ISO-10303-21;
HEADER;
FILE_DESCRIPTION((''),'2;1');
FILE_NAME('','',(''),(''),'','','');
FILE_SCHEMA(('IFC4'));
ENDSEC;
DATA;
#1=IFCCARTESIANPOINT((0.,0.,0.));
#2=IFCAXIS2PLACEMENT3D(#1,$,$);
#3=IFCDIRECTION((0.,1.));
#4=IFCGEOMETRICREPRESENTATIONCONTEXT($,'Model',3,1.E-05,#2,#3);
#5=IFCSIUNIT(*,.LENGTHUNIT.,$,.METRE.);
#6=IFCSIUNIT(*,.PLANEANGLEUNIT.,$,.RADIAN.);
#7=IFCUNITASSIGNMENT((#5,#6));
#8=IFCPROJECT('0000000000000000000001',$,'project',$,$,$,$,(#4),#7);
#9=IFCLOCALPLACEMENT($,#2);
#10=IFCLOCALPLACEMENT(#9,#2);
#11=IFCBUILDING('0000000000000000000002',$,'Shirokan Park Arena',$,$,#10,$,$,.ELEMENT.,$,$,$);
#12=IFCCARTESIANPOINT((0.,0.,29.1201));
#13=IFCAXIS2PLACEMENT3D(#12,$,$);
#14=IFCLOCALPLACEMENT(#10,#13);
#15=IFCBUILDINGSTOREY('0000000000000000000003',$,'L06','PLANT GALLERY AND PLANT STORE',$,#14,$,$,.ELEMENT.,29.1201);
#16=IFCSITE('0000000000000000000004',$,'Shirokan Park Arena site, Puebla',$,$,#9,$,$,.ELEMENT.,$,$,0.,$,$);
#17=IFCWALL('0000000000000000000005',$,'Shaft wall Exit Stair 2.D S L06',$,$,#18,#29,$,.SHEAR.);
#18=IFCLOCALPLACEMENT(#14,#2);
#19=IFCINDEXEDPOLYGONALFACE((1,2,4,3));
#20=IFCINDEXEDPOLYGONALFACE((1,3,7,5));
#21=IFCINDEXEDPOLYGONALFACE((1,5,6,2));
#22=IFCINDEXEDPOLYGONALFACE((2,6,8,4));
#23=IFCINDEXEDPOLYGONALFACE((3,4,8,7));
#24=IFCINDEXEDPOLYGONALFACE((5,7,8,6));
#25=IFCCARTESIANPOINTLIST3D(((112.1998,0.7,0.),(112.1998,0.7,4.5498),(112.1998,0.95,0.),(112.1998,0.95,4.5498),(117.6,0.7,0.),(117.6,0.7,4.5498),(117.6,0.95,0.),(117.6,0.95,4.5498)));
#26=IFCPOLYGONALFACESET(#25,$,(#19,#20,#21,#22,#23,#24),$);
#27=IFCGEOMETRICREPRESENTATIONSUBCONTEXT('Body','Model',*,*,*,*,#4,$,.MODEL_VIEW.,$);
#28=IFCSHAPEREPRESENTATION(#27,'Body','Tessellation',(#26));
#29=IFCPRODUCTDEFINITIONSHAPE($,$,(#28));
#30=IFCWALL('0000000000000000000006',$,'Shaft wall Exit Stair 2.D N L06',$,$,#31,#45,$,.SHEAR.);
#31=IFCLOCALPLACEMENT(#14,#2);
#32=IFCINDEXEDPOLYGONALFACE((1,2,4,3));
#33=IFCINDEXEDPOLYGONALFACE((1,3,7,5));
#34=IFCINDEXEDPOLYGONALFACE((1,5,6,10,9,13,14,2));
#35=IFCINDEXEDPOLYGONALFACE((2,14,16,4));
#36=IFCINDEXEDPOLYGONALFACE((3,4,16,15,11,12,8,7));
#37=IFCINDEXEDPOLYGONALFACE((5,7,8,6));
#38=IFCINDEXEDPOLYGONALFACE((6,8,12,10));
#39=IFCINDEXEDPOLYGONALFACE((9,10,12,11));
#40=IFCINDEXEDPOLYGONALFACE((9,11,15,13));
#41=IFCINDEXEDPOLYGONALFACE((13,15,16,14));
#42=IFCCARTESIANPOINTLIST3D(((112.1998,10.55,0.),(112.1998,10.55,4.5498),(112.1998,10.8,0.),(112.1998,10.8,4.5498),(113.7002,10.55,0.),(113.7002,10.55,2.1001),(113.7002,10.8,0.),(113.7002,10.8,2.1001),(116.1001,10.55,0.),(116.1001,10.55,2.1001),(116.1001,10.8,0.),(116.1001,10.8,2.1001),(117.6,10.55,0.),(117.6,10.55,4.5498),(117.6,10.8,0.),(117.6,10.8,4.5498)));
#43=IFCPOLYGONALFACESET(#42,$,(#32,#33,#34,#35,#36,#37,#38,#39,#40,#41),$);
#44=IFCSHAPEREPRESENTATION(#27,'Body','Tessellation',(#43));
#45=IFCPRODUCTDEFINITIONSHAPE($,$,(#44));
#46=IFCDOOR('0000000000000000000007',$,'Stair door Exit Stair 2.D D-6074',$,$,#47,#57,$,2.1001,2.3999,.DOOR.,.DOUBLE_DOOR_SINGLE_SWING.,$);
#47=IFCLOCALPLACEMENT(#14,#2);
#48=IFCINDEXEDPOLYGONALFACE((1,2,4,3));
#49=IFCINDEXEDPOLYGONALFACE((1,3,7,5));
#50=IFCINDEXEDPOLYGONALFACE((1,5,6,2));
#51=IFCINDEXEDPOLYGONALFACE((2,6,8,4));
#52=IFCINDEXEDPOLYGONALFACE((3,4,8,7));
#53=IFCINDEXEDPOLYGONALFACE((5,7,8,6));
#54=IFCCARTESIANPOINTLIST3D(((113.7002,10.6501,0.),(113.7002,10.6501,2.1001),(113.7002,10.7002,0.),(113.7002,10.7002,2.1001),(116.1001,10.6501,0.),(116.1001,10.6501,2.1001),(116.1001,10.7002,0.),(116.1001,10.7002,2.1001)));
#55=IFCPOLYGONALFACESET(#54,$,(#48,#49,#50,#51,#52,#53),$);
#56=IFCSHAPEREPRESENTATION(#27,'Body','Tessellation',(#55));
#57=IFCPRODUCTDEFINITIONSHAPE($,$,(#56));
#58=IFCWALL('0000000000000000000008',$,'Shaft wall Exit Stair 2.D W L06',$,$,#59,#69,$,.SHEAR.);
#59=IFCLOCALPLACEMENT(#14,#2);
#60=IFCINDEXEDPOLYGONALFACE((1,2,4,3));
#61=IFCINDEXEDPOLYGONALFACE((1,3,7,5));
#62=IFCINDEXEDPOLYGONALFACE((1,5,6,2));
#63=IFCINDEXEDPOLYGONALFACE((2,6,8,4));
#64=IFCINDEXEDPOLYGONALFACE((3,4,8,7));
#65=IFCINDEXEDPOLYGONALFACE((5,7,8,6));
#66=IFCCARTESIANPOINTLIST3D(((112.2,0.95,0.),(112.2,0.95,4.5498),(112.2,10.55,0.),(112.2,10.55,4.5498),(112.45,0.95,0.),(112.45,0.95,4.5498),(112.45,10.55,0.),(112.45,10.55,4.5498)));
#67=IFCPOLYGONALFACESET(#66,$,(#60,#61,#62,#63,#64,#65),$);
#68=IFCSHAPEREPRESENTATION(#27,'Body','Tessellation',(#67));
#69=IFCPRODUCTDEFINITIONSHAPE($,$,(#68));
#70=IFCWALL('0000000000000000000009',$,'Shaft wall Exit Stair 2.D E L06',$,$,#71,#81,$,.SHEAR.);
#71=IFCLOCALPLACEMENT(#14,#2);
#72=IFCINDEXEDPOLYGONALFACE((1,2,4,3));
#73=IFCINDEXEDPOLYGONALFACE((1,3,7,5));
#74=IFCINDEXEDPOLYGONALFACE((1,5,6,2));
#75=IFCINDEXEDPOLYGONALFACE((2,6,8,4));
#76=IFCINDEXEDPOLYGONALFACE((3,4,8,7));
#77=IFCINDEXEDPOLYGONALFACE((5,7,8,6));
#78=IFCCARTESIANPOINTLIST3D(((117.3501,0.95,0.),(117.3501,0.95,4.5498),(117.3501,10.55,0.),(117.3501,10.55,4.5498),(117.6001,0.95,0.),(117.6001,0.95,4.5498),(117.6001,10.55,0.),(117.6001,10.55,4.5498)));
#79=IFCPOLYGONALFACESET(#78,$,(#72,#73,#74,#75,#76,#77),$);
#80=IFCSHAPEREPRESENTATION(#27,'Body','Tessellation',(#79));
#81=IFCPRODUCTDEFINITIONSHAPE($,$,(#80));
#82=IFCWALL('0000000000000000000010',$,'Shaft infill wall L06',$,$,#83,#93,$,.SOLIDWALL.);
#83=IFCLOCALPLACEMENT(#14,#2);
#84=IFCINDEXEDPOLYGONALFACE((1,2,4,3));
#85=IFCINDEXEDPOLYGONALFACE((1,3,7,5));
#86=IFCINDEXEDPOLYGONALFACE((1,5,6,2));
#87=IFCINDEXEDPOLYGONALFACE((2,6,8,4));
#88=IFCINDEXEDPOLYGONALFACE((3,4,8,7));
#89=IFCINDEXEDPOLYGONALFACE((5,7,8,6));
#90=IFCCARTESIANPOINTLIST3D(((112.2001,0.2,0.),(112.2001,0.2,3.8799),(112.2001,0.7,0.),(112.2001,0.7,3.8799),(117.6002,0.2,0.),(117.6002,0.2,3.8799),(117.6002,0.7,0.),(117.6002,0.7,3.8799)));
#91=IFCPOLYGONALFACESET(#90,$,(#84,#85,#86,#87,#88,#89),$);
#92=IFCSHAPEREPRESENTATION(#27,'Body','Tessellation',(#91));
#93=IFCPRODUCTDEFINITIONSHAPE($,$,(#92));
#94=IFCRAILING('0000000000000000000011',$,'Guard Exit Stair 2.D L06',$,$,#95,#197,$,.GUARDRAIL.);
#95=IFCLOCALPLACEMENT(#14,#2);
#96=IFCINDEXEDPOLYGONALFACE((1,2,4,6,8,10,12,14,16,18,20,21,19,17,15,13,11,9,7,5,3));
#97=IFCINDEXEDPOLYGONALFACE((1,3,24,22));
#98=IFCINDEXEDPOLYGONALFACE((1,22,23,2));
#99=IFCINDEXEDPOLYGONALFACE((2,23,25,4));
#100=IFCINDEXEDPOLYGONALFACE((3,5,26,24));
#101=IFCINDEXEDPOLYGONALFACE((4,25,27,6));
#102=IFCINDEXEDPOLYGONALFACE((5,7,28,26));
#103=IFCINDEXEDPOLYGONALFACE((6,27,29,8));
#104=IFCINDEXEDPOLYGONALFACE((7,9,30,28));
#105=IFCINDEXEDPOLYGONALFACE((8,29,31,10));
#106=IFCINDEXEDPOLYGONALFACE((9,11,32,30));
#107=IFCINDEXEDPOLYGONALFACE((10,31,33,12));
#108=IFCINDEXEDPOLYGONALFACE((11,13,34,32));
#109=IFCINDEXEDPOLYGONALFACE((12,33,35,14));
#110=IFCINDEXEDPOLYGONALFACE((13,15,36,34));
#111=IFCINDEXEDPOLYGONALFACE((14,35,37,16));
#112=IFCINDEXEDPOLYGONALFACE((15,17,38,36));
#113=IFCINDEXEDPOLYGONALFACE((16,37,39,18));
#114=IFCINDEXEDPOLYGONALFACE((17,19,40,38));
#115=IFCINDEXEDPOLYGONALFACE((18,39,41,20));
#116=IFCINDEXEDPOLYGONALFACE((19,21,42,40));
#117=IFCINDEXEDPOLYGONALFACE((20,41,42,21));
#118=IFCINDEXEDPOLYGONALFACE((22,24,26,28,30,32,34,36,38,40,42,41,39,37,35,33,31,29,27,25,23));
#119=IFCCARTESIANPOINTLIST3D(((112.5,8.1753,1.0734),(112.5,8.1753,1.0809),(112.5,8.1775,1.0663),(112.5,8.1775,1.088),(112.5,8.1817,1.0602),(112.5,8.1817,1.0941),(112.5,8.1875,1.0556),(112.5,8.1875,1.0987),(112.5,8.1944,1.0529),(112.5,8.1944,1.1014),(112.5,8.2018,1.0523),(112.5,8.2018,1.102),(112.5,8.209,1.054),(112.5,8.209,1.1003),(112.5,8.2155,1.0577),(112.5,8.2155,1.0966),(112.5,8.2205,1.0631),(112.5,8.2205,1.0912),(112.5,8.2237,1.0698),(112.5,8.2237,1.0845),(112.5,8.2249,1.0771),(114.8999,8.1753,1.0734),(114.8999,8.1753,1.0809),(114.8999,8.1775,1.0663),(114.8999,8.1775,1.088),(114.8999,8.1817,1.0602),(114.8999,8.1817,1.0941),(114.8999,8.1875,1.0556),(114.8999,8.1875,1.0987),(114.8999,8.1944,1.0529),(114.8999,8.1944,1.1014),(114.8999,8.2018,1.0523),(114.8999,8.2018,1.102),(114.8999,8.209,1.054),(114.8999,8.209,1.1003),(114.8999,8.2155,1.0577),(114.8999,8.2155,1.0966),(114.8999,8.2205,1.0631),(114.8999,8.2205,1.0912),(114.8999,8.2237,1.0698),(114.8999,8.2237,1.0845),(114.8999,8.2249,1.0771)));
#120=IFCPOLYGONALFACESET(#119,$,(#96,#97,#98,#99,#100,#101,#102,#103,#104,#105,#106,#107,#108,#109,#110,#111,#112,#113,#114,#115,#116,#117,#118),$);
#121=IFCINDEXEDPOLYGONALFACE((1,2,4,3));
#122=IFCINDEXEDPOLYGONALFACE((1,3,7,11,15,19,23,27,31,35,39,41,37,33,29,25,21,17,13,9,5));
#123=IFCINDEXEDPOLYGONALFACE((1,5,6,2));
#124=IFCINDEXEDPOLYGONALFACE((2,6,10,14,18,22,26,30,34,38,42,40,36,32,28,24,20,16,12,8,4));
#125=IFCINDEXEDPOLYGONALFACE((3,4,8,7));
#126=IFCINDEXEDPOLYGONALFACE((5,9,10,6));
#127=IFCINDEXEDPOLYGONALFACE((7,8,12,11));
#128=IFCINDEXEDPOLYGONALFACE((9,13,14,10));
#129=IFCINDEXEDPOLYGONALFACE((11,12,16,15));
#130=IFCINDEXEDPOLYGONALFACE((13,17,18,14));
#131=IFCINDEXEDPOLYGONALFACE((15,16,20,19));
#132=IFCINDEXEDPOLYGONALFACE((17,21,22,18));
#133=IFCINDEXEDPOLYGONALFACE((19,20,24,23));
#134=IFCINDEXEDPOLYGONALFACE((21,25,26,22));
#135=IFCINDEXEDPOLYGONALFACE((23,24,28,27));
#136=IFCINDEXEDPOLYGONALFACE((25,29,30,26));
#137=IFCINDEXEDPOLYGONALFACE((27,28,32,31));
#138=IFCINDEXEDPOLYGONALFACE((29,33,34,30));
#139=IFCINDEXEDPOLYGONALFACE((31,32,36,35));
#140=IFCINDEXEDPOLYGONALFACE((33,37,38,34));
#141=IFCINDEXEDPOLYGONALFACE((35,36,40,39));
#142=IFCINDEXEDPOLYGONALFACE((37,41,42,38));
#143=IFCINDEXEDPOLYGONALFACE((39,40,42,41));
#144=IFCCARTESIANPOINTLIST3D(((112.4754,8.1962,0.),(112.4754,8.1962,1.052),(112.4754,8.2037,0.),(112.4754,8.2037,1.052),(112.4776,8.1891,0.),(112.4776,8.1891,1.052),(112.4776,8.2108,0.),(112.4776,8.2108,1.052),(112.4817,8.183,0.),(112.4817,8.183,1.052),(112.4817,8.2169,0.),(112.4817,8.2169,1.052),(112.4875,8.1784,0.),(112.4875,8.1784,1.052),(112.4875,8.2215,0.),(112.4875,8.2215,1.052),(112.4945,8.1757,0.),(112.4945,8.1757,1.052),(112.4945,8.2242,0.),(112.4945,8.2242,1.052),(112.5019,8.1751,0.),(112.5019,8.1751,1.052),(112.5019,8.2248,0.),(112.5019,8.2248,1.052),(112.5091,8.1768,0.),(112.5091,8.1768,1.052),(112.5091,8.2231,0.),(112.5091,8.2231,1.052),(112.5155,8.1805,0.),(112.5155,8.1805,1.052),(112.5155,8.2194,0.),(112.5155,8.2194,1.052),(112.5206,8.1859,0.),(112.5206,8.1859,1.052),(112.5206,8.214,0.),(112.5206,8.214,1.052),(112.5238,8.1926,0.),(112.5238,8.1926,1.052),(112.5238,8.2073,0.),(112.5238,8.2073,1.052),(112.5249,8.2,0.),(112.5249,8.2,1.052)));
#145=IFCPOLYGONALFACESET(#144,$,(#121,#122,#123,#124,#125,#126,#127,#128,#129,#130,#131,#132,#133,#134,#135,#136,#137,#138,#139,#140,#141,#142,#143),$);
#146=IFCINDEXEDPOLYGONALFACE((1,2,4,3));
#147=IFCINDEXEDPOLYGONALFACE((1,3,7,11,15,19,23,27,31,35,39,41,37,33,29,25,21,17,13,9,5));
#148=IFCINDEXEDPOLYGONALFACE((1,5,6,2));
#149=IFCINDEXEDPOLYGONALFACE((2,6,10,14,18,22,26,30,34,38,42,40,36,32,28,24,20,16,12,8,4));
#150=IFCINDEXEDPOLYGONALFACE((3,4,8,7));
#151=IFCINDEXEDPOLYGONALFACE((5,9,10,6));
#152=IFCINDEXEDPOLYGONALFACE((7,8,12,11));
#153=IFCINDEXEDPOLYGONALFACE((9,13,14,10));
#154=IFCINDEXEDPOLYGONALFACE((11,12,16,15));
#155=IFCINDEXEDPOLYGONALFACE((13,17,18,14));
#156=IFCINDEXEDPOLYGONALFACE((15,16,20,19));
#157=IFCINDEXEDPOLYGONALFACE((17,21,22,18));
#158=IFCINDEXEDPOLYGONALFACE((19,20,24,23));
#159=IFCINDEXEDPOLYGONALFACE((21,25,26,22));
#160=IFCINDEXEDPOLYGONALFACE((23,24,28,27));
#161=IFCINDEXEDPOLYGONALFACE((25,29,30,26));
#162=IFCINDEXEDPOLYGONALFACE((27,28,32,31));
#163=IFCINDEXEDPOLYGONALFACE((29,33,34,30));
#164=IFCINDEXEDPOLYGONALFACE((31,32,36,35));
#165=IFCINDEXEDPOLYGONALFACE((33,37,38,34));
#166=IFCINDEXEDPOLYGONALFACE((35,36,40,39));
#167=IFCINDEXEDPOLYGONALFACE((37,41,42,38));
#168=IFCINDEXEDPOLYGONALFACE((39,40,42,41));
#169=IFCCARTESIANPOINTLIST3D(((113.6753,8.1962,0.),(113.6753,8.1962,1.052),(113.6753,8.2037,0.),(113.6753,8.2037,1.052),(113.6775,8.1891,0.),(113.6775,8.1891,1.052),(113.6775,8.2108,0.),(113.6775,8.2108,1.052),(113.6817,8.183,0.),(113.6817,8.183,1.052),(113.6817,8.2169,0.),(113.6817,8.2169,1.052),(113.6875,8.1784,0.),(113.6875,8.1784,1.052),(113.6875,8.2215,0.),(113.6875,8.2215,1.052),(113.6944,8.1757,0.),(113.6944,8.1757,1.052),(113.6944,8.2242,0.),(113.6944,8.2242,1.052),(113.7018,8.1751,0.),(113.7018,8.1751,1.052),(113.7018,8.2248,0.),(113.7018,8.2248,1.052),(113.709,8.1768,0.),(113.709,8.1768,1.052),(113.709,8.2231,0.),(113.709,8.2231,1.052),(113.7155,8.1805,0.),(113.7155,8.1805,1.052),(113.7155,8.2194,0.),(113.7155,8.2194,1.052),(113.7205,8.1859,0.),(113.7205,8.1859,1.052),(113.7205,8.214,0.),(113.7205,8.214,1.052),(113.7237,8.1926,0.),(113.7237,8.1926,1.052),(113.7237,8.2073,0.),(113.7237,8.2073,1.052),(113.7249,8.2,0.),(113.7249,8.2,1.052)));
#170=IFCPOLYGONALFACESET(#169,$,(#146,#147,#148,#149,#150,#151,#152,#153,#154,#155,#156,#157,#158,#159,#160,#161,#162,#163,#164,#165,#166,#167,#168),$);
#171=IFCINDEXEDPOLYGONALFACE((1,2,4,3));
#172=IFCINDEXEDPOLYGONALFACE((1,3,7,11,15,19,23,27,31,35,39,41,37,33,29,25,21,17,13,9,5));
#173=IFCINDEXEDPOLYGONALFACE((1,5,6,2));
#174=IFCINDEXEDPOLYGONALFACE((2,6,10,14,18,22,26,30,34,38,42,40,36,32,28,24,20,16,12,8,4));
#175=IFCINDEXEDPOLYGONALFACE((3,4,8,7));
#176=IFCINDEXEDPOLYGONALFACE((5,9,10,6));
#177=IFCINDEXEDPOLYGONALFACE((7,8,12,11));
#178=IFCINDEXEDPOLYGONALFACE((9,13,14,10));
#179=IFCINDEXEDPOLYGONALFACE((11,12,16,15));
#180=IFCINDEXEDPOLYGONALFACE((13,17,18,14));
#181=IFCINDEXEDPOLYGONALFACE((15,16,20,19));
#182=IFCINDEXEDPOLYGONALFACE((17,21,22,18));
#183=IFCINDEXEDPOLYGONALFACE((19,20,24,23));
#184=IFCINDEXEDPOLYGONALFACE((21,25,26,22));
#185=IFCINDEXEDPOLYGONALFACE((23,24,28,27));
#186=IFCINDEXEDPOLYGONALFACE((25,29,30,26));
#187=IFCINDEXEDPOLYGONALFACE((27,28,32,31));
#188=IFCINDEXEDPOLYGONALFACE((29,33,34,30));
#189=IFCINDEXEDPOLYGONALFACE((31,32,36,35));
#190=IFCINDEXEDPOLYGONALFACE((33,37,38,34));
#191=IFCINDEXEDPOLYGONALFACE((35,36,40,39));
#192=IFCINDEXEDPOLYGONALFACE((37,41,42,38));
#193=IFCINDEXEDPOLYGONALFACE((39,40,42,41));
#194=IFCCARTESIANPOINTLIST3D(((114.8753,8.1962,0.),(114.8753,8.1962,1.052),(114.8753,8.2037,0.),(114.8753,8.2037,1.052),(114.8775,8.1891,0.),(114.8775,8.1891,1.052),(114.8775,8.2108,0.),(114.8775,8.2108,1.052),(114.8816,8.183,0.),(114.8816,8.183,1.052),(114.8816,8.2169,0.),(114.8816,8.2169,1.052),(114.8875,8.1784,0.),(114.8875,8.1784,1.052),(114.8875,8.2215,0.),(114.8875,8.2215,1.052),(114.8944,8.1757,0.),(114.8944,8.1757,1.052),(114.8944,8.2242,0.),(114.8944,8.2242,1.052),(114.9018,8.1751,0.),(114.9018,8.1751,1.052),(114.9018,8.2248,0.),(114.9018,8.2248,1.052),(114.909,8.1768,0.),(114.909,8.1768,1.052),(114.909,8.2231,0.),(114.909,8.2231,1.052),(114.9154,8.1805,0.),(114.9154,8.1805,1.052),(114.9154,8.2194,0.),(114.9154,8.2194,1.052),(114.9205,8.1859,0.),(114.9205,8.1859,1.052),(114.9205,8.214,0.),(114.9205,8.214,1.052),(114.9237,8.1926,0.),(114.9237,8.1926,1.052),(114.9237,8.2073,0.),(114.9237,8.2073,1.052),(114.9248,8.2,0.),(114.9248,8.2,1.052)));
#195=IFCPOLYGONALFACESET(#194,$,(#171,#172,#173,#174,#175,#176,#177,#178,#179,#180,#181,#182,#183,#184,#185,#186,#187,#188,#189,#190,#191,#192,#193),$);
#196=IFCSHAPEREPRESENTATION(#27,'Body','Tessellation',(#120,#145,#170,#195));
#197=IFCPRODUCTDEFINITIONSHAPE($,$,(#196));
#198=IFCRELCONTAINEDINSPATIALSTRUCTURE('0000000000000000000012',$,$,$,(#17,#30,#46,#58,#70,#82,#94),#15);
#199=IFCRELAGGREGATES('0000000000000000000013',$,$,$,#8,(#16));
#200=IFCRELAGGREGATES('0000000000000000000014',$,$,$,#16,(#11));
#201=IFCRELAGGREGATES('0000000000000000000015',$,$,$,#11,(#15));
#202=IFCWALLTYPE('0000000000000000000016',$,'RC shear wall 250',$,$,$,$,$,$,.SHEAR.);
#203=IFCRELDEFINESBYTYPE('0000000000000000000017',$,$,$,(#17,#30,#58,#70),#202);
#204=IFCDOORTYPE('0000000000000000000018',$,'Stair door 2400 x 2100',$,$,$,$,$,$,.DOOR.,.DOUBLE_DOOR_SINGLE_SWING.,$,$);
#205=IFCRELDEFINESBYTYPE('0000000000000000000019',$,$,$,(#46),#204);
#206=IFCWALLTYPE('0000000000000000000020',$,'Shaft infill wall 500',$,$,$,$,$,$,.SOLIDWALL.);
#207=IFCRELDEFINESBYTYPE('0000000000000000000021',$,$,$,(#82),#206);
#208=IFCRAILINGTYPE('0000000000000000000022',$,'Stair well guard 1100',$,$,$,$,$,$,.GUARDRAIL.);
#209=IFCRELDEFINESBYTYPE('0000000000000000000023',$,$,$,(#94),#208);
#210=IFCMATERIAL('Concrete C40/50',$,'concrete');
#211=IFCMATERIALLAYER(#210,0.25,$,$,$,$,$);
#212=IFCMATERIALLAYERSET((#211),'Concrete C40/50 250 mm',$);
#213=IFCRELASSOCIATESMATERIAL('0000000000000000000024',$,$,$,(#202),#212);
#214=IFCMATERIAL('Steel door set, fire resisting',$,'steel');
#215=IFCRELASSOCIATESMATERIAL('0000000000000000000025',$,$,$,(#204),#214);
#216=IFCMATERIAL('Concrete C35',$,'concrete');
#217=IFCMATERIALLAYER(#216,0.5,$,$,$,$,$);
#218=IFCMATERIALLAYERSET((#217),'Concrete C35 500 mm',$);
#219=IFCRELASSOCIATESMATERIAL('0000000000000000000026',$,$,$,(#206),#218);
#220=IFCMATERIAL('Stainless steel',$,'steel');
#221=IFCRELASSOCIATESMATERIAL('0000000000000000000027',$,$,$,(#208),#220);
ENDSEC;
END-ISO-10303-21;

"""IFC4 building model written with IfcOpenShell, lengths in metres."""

from ifc_helpers import new_model, si_unit, direction, frame, frame_2d, origin, origin_2d, place, context, subcontext, project, spatial, rectangle, circle, extrude, material, layer, layer_set, type_object, element, fill, save


model = new_model("IFC4")

# Units and contexts
model_context = context("Model", 3, precision=1e-05, world=origin(), true_north=direction((0.0, 1.0)))
body_context = subcontext(model_context, "Body", "Model", "MODEL_VIEW")
ifc_project = project(units=[si_unit("LENGTHUNIT", "METRE"), si_unit("PLANEANGLEUNIT", "RADIAN")], contexts=[model_context])

# Site, building, storey
site_placement = place(None, origin())
site = spatial("IfcSite", under=ifc_project, at=site_placement, Name="Shirokan Park Arena site, Puebla", CompositionType="ELEMENT", RefElevation=0.0)
building_placement = place(site_placement, origin())
building = spatial("IfcBuilding", under=site, at=building_placement, Name="Shirokan Park Arena", CompositionType="ELEMENT")
storey_placement = place(building_placement, frame((0.0, 0.0, 29.1201)))
storey = spatial("IfcBuildingStorey", under=building, at=storey_placement, Name="L06", Description="PLANT GALLERY AND PLANT STORE", CompositionType="ELEMENT", Elevation=29.1201)

# Shared definitions
ifc_material_1 = material(Name="Concrete C35", Category="concrete")

# Wall
ifc_material_2 = material(Name="Concrete C40/50", Category="concrete")
ifc_layer_1 = layer(ifc_material_2, 0.25)
ifc_layer_set_1 = layer_set([ifc_layer_1], Name="Concrete C40/50 250 mm")
wall_type_1 = type_object("IfcWallType", Name="RC shear wall 250", PredefinedType="SHEAR", material=ifc_layer_set_1)
wall_1_placement = place(storey_placement, frame((117.6001, 0.825, 0.0), z_axis=(0.0, 0.0, 1.0), x_axis=(-1.0, 0.0, 0.0)))
element("IfcWall", 1, at=wall_1_placement, inside=storey, type_object=wall_type_1, Name="Shaft wall Exit Stair 2.D S L06", PredefinedType="SHEAR", context=body_context, shape_type="SweptSolid", body=[
    extrude(rectangle(XDim=5.4001, YDim=0.25, at=frame_2d((2.7002, 0.0))), origin(), (0.0, 0.0, 1.0), 4.5498),
])

# Wall, opening, door
wall_2_placement = place(storey_placement, frame((117.6001, 10.675, 0.0), z_axis=(0.0, 0.0, 1.0), x_axis=(-1.0, 0.0, 0.0)))
wall_2 = element("IfcWall", 2, at=wall_2_placement, inside=storey, type_object=wall_type_1, Name="Shaft wall Exit Stair 2.D N L06", PredefinedType="SHEAR", context=body_context, shape_type="SweptSolid", body=[
    extrude(rectangle(XDim=5.4001, YDim=0.25, at=frame_2d((2.7002, 0.0))), origin(), (0.0, 0.0, 1.0), 4.5498),
])
opening_placement = place(wall_2_placement, frame((1.5, 0.0, 0.0)))
opening = element("IfcOpeningElement", 3, at=opening_placement, cuts=wall_2, PredefinedType="OPENING", context=body_context, shape_type="SweptSolid", body=[
    extrude(rectangle(XDim=2.3999, YDim=2.1001, at=frame_2d((1.2, 1.05))), frame((0.0, 0.135, 0.0), z_axis=(0.0, -1.0, 0.0), x_axis=(1.0, 0.0, 0.0)), (0.0, 0.0, 1.0), 0.27),
])
ifc_material_3 = material(Name="Steel door set, fire resisting", Category="steel")
door_type = type_object("IfcDoorType", Name="Stair door 2400 x 2100", OperationType="DOUBLE_DOOR_SINGLE_SWING", PredefinedType="DOOR", material=ifc_material_3)
door_placement = place(opening_placement, origin())
door = element("IfcDoor", 4, at=door_placement, inside=storey, type_object=door_type, Name="Stair door Exit Stair 2.D D-6074", OperationType="DOUBLE_DOOR_SINGLE_SWING", OverallHeight=2.1001, OverallWidth=2.3999, PredefinedType="DOOR", context=body_context, shape_type="SweptSolid", body=[
    extrude(rectangle(XDim=2.3999, YDim=2.1001, at=frame_2d((1.2, 1.05))), frame((0.0, 0.0249, 0.0), z_axis=(0.0, -1.0, 0.0), x_axis=(1.0, 0.0, 0.0)), (0.0, 0.0, 1.0), 0.05),
])
fill(opening, door)

# Walls
for number, where, z_axis, x_axis, name in (
    (5, (112.325, 10.55, 0.0), (0.0, 0.0, 1.0), (0.0, -1.0, 0.0), "Shaft wall Exit Stair 2.D W L06"),
    (6, (117.4751, 10.55, 0.0), (0.0, 0.0, 1.0), (0.0, -1.0, 0.0), "Shaft wall Exit Stair 2.D E L06"),
):
    element("IfcWall", number, at=place(storey_placement, frame(where, z_axis=z_axis, x_axis=x_axis)), inside=storey, type_object=wall_type_1, Name=name, PredefinedType="SHEAR", context=body_context, shape_type="SweptSolid", body=[
        extrude(rectangle(XDim=9.6001, YDim=0.25, at=frame_2d((4.8, 0.0))), origin(), (0.0, 0.0, 1.0), 4.5498),
    ])
ifc_layer_2 = layer(ifc_material_1, 0.5)
ifc_layer_set_2 = layer_set([ifc_layer_2], Name="Concrete C35 500 mm")
wall_type_2 = type_object("IfcWallType", Name="Shaft infill wall 500", PredefinedType="SOLIDWALL", material=ifc_layer_set_2)
wall_3_placement = place(storey_placement, frame((112.2, 0.45, 0.0), z_axis=(0.0, 0.0, 1.0), x_axis=(1.0, 0.0, 0.0)))
element("IfcWall", 7, at=wall_3_placement, inside=storey, type_object=wall_type_2, Name="Shaft infill wall L06", PredefinedType="SOLIDWALL", context=body_context, shape_type="SweptSolid", body=[
    extrude(rectangle(XDim=5.4001, YDim=0.5, at=frame_2d((2.7002, 0.0))), origin(), (0.0, 0.0, 1.0), 3.8799),
])

# Railing
ifc_material_4 = material(Name="Stainless steel", Category="steel")
railing_type = type_object("IfcRailingType", Name="Stair well guard 1100", PredefinedType="GUARDRAIL", material=ifc_material_4)
railing_placement = place(storey_placement, frame((112.5, 8.2, 0.0)))
element("IfcRailing", 8, at=railing_placement, inside=storey, type_object=railing_type, Name="Guard Exit Stair 2.D L06", PredefinedType="GUARDRAIL", context=body_context, shape_type="SweptSolid", body=[
    extrude(circle(Radius=0.0249, at=origin_2d()), frame((0.0, 0.0, 1.0771), z_axis=(1.0, 0.0, 0.0), x_axis=(0.0, 1.0, 0.0)), (0.0, 0.0, 1.0), 2.3999),
    extrude(circle(Radius=0.0249, at=origin_2d()), origin(), (0.0, 0.0, 1.0), 1.052),
    extrude(circle(Radius=0.0249, at=origin_2d()), frame((1.2, 0.0, 0.0)), (0.0, 0.0, 1.0), 1.052),
    extrude(circle(Radius=0.0249, at=origin_2d()), frame((2.3999, 0.0, 0.0)), (0.0, 0.0, 1.0), 1.052),
])

save(model, "model.ifc")
